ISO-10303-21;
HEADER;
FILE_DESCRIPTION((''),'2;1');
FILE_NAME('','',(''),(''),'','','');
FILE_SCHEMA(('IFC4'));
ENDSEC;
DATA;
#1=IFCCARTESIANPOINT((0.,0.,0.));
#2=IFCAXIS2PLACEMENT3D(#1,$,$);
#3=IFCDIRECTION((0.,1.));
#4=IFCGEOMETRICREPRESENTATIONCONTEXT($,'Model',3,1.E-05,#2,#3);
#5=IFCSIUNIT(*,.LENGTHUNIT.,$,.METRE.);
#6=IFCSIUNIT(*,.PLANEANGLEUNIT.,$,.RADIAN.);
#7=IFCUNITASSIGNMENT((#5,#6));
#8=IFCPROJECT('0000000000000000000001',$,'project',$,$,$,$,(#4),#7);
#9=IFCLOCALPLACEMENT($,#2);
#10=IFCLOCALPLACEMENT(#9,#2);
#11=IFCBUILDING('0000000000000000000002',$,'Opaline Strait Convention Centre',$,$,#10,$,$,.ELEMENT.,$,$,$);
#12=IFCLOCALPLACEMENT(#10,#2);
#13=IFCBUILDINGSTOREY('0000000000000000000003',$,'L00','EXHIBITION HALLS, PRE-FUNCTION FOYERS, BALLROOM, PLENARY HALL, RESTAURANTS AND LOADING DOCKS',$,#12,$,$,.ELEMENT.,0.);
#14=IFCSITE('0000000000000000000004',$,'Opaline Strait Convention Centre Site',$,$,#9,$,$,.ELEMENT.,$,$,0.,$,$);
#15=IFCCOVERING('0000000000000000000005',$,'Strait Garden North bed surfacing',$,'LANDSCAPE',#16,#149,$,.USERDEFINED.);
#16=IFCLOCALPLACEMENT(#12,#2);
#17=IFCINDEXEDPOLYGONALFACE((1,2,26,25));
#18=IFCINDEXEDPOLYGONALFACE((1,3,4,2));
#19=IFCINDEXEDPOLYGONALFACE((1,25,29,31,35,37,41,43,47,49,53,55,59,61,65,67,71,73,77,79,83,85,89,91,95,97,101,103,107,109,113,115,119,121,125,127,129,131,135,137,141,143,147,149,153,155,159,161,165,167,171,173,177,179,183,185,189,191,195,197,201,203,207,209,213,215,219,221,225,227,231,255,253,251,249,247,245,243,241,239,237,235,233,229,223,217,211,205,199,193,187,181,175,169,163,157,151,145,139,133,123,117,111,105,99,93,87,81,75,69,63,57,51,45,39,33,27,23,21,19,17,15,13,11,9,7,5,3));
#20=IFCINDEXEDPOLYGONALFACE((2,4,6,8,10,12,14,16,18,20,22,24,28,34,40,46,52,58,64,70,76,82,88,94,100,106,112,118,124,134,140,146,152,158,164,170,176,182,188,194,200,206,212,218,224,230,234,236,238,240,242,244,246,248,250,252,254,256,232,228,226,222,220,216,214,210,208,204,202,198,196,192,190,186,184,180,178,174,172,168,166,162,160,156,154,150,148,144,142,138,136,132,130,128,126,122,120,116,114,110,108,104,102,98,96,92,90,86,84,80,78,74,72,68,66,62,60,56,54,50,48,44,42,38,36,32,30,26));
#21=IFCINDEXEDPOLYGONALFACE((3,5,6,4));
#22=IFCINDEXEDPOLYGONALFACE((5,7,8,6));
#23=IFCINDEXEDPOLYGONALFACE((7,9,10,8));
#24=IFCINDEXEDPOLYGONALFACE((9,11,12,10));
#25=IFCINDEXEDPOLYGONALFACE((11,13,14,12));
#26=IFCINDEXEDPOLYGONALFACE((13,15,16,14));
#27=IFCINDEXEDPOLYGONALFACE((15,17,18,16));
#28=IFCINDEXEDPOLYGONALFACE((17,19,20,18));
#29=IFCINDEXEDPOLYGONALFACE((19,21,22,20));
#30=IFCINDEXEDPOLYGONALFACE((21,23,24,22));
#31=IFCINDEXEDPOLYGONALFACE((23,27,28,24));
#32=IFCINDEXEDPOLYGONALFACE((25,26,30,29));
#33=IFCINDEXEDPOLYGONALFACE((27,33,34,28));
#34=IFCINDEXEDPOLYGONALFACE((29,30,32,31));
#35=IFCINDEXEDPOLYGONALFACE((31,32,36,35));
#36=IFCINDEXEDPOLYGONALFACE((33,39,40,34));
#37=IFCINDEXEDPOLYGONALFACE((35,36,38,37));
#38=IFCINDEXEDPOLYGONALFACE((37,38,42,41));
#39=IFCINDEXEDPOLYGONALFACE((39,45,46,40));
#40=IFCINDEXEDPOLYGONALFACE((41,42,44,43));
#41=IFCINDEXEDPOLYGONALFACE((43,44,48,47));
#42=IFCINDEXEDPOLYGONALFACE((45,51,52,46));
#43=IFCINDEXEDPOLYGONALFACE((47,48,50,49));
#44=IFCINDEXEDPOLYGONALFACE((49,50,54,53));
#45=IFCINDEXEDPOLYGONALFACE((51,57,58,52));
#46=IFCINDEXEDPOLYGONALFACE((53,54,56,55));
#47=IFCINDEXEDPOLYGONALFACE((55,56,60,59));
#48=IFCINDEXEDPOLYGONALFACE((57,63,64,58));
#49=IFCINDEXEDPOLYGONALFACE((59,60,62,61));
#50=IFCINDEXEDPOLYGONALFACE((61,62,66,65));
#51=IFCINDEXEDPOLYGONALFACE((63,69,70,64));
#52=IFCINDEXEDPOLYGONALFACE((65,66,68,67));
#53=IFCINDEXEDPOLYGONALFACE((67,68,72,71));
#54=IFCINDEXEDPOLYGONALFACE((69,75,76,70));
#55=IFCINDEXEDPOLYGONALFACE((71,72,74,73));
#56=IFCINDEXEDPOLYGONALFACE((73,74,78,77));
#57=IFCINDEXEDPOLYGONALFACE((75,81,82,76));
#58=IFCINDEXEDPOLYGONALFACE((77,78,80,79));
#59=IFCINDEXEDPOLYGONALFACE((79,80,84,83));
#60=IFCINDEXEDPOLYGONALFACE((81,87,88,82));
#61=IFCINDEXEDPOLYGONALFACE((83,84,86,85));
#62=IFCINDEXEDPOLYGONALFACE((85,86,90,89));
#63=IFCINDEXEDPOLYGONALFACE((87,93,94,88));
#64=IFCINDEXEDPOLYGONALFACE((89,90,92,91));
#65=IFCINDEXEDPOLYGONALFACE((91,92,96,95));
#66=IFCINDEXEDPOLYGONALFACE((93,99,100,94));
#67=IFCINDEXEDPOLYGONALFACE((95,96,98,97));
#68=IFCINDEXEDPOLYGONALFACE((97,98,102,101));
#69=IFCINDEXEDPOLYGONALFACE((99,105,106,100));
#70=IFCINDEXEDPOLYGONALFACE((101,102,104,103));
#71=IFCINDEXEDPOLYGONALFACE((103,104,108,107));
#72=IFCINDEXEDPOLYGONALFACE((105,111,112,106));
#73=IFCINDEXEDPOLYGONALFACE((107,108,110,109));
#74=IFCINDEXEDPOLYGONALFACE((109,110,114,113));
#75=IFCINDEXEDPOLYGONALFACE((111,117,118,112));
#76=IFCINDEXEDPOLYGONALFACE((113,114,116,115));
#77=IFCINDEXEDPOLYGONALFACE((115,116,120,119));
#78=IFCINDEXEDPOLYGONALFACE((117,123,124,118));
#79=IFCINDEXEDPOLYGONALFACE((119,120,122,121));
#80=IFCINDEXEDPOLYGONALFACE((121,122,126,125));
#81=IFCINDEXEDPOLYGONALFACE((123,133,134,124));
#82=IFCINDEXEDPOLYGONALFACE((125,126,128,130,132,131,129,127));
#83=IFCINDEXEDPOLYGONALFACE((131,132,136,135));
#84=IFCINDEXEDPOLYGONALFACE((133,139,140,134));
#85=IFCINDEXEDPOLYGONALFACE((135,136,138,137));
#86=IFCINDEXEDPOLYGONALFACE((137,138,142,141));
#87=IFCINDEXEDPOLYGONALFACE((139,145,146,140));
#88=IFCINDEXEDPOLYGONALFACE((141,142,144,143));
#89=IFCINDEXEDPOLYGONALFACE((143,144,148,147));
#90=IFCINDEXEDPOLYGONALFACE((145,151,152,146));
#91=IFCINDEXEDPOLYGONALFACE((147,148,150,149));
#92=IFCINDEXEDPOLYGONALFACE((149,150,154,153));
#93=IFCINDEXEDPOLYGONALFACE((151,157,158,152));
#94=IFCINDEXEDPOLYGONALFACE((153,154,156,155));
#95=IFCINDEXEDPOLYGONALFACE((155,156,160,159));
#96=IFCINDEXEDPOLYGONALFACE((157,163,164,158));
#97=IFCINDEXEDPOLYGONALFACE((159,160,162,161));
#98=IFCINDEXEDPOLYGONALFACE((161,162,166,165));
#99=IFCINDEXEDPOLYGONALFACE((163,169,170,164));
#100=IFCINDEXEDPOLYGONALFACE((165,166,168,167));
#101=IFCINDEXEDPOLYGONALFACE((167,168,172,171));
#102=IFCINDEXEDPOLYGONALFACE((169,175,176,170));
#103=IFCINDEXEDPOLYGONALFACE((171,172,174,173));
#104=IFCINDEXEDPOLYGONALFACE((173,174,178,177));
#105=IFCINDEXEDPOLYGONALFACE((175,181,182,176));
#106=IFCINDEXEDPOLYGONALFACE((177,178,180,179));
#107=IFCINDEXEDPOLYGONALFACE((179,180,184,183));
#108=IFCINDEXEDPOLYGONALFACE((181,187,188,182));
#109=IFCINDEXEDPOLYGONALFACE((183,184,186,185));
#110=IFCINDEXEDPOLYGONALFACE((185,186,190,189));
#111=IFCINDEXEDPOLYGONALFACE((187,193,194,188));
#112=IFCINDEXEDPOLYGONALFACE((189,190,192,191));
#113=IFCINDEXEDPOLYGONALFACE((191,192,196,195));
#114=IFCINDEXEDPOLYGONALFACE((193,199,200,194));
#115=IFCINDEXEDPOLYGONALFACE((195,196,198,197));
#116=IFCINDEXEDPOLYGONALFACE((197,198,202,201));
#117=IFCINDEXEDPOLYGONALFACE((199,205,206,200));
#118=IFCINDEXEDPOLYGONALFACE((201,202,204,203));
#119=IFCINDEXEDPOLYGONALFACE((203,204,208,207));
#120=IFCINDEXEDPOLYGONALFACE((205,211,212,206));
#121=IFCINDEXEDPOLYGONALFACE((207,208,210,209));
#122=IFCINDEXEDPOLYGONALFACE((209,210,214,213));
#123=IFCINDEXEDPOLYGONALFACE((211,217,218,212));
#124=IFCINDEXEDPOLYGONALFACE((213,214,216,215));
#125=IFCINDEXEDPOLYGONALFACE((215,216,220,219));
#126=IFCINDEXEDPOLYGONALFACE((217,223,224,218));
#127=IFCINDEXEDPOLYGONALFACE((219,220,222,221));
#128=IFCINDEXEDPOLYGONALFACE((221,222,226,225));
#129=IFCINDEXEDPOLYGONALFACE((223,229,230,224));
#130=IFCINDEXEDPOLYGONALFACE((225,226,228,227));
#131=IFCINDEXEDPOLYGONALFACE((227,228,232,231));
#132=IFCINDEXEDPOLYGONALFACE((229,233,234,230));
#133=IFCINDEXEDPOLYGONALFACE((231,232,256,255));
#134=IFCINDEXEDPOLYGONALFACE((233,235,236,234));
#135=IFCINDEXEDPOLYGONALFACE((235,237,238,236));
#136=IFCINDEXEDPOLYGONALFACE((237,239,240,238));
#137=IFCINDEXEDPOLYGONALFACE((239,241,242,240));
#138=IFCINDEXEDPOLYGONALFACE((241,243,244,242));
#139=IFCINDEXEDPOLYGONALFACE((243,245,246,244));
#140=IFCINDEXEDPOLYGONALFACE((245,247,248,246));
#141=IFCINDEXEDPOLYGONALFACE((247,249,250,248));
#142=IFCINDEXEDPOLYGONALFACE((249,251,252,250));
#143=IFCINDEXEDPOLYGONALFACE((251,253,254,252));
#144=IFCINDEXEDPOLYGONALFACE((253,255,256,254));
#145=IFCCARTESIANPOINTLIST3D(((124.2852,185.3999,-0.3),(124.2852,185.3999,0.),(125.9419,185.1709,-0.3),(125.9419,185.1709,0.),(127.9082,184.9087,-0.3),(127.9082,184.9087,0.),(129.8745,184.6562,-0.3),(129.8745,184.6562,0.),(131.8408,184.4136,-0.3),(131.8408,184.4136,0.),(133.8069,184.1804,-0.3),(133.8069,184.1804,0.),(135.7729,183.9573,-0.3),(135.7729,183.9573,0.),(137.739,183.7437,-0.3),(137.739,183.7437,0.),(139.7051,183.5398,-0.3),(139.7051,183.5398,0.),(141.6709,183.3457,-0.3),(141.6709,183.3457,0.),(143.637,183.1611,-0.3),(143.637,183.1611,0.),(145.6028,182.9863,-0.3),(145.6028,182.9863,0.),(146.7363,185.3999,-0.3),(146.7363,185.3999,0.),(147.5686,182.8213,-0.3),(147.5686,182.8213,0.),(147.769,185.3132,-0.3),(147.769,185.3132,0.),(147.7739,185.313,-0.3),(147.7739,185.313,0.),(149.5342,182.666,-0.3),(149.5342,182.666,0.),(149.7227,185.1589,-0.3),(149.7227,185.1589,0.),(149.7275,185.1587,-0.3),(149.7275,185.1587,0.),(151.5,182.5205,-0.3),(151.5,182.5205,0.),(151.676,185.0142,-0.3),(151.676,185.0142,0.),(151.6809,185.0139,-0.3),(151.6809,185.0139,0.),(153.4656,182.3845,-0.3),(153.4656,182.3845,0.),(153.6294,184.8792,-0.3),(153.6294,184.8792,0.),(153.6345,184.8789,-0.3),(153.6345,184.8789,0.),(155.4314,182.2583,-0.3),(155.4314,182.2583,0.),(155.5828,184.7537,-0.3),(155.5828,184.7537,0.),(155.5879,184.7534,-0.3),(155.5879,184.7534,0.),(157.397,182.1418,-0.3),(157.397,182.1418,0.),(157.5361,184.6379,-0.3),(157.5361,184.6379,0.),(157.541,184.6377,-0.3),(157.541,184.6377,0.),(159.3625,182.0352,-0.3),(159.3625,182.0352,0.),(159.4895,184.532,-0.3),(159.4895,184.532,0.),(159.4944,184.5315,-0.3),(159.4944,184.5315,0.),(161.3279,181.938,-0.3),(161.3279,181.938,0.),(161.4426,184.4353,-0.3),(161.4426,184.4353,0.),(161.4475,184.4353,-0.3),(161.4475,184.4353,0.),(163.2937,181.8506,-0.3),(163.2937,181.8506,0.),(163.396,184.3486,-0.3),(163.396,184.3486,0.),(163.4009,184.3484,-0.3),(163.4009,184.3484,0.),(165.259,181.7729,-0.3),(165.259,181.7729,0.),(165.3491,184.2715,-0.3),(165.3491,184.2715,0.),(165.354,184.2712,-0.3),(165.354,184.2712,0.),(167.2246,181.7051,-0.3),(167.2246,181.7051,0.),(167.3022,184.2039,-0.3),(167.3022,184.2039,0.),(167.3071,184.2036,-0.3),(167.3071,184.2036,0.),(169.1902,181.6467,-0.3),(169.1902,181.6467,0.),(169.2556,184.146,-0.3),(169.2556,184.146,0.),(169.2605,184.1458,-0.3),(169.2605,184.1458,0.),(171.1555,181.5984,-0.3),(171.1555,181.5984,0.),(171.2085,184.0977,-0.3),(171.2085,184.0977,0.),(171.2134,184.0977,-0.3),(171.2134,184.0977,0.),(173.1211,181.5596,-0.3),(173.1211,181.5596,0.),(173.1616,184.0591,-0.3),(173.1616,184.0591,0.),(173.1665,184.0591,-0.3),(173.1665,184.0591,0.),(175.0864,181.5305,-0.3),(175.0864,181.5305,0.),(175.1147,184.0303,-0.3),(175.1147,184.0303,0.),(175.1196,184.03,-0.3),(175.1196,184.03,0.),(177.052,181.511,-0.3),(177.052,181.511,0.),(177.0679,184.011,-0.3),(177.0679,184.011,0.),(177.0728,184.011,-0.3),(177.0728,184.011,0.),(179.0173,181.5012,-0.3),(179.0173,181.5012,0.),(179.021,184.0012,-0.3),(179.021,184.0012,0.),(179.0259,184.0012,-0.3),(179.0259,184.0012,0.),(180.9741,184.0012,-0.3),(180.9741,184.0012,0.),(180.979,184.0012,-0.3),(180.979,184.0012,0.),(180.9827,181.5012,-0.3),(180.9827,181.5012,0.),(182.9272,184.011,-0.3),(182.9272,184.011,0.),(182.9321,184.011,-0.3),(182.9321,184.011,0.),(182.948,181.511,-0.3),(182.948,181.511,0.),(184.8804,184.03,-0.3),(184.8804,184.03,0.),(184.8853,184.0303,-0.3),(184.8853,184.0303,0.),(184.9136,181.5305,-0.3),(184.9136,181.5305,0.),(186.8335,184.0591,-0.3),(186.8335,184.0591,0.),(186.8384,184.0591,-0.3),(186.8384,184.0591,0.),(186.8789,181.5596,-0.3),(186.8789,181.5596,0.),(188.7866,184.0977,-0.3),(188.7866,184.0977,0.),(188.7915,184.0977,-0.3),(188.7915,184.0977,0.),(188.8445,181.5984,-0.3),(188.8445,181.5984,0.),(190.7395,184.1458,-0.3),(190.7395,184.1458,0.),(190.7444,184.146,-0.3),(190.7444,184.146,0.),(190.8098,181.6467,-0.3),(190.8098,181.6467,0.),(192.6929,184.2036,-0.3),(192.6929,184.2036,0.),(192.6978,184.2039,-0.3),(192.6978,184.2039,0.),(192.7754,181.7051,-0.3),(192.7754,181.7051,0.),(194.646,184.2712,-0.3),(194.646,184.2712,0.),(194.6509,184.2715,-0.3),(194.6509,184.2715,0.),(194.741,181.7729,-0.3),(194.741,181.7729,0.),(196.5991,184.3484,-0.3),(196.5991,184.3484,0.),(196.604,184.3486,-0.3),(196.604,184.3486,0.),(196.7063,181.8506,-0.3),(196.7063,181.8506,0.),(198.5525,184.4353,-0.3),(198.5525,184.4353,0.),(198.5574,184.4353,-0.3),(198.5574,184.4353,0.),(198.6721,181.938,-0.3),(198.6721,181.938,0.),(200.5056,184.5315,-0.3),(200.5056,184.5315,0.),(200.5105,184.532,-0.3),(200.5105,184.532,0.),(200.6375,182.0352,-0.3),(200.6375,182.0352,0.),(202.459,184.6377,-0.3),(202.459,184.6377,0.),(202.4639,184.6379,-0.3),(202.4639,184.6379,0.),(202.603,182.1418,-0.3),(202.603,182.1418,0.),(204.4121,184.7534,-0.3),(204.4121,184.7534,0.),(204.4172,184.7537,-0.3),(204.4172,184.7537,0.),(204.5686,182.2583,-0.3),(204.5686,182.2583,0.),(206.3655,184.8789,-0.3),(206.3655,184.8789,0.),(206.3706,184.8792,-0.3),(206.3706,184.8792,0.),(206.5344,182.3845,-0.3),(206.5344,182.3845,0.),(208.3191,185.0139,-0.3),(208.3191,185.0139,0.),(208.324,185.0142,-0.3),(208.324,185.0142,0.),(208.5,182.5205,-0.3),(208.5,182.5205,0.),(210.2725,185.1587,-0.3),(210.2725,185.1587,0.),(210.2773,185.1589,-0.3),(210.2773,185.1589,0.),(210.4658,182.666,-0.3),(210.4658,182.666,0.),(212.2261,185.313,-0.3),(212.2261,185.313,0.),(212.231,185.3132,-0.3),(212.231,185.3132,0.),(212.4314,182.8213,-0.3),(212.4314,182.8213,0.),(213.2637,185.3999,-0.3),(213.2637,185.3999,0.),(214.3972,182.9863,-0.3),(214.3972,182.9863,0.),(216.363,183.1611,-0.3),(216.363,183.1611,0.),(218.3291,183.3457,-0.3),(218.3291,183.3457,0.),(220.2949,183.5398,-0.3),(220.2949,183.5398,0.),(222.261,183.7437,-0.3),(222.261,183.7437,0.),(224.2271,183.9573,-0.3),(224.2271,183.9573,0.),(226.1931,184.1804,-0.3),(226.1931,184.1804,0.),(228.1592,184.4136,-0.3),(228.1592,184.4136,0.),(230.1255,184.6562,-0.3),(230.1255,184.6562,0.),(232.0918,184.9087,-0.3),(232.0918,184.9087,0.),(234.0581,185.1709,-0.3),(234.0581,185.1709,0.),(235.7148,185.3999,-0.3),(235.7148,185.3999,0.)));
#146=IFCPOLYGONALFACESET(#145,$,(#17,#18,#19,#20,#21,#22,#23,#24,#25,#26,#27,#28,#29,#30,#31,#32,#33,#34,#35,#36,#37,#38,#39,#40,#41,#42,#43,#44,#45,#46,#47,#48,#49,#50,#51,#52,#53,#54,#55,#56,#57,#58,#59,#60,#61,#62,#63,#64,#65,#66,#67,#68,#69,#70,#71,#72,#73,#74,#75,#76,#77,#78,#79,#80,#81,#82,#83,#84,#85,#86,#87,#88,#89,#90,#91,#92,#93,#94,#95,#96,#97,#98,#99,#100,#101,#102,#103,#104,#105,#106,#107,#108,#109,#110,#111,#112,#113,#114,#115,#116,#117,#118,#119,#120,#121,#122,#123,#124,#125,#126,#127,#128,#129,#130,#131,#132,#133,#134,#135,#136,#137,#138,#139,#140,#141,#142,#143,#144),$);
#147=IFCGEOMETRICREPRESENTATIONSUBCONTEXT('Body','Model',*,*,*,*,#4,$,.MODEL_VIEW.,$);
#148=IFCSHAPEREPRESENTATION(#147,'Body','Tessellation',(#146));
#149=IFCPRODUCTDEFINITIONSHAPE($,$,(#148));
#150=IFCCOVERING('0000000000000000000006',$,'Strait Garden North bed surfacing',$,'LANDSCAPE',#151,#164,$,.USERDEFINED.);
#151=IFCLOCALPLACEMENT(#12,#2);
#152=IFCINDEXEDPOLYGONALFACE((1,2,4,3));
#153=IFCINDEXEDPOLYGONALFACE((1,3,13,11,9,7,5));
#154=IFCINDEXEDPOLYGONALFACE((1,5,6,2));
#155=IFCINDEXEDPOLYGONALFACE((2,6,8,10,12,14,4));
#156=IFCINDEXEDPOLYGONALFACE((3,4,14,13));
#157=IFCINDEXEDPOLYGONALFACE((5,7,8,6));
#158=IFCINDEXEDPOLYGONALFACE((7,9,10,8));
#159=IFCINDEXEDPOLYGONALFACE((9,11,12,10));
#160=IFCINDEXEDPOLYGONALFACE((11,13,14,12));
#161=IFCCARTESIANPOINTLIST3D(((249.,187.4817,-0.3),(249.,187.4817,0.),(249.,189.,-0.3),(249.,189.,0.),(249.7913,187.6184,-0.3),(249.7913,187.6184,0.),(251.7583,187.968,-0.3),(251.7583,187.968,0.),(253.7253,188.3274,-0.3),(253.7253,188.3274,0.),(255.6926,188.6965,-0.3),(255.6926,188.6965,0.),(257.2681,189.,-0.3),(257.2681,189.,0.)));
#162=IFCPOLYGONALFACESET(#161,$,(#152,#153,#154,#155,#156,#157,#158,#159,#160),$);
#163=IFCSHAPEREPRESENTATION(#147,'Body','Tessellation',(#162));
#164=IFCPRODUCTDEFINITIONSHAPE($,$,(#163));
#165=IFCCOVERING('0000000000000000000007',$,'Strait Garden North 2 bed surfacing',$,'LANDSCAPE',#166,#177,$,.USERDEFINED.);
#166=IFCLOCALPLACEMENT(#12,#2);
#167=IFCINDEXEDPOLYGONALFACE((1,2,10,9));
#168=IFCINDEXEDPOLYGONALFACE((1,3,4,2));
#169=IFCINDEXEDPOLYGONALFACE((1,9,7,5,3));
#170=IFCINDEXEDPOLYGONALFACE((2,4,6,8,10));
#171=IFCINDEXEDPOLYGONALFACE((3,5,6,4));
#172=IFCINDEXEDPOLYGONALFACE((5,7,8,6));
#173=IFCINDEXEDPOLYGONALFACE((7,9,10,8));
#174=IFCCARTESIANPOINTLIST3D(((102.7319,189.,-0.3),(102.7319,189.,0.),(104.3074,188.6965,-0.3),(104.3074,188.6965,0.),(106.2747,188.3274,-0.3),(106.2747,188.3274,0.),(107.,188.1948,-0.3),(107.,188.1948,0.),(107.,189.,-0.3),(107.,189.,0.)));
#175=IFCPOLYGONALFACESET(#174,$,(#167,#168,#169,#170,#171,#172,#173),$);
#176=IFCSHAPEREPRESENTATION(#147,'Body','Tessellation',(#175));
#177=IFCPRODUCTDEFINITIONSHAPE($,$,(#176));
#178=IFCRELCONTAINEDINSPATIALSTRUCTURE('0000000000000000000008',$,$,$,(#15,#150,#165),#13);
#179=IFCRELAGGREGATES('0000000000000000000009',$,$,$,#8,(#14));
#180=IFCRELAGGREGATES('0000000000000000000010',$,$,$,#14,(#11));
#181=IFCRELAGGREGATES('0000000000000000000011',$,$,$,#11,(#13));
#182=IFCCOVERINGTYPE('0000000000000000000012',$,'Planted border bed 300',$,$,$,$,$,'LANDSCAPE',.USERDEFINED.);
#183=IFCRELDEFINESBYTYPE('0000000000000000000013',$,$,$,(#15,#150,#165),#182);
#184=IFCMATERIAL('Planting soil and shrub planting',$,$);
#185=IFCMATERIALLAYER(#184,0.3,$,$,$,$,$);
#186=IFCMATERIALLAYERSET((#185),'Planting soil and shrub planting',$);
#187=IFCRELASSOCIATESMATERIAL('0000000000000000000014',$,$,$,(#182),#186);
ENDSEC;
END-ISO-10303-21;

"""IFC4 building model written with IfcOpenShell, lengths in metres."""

from ifc_helpers import new_model, si_unit, direction, frame, origin, place, context, subcontext, project, spatial, polyline, outline, extrude, material, layer, layer_set, type_object, element, save


model = new_model("IFC4")

# Units and contexts
model_context = context("Model", 3, precision=1e-05, world=origin(), true_north=direction((0.0, 1.0)))
body_context = subcontext(model_context, "Body", "Model", "MODEL_VIEW")
ifc_project = project(units=[si_unit("LENGTHUNIT", "METRE"), si_unit("PLANEANGLEUNIT", "RADIAN")], contexts=[model_context])

# Site, building, storey
site_placement = place(None, origin())
site = spatial("IfcSite", under=ifc_project, at=site_placement, Name="Opaline Strait Convention Centre Site", CompositionType="ELEMENT", RefElevation=0.0)
building_placement = place(site_placement, origin())
building = spatial("IfcBuilding", under=site, at=building_placement, Name="Opaline Strait Convention Centre", CompositionType="ELEMENT")
storey_placement = place(building_placement, origin())
storey = spatial("IfcBuildingStorey", under=building, at=storey_placement, Name="L00", Description="EXHIBITION HALLS, PRE-FUNCTION FOYERS, BALLROOM, PLENARY HALL, RESTAURANTS AND LOADING DOCKS", CompositionType="ELEMENT", Elevation=0.0)

# Coverings
ifc_material_1 = material(Name="Planting soil and shrub planting")
ifc_layer_1 = layer(ifc_material_1, 0.3)
ifc_layer_set_1 = layer_set([ifc_layer_1], Name="Planting soil and shrub planting")
covering_type_1 = type_object("IfcCoveringType", Name="Planted border bed 300", ElementType="LANDSCAPE", PredefinedType="USERDEFINED", material=ifc_layer_set_1)
covering_1_placement = place(storey_placement, frame((0.0, 0.0, -0.3)))
element("IfcCovering", 1, at=covering_1_placement, inside=storey, type_object=covering_type_1, Name="Strait Garden North bed surfacing", ObjectType="LANDSCAPE", PredefinedType="USERDEFINED", context=body_context, shape_type="SweptSolid", body=[
    extrude(outline(polyline([(147.7739, 185.313), (147.769, 185.3132), (146.7363, 185.3999), (124.2852, 185.3999), (125.9419, 185.1709), (127.9082, 184.9087), (129.8745, 184.6562), (131.8408, 184.4136), (133.8069, 184.1804), (135.7729, 183.9573), (137.739, 183.7437), (139.7051, 183.5398), (141.6709, 183.3457), (143.637, 183.1611), (145.6028, 182.9863), (147.5686, 182.8213), (149.5342, 182.666), (151.5, 182.5205), (153.4656, 182.3845), (155.4314, 182.2583), (157.397, 182.1418), (159.3625, 182.0352), (161.3279, 181.938), (163.2937, 181.8506), (165.259, 181.7729), (167.2246, 181.7051), (169.1902, 181.6467), (171.1555, 181.5984), (173.1211, 181.5596), (175.0864, 181.5305), (177.052, 181.511), (179.0173, 181.5012), (180.9827, 181.5012), (182.948, 181.511), (184.9136, 181.5305), (186.8789, 181.5596), (188.8445, 181.5984), (190.8098, 181.6467), (192.7754, 181.7051), (194.741, 181.7729), (196.7063, 181.8506), (198.6721, 181.938), (200.6375, 182.0352), (202.603, 182.1418), (204.5686, 182.2583), (206.5344, 182.3845), (208.5, 182.5205), (210.4658, 182.666), (212.4314, 182.8213), (214.3972, 182.9863), (216.363, 183.1611), (218.3291, 183.3457), (220.2949, 183.5398), (222.261, 183.7437), (224.2271, 183.9573), (226.1931, 184.1804), (228.1592, 184.4136), (230.1255, 184.6562), (232.0918, 184.9087), (234.0581, 185.1709), (235.7148, 185.3999), (213.2637, 185.3999), (212.231, 185.3132), (212.2261, 185.313), (210.2773, 185.1589), (210.2725, 185.1587), (208.324, 185.0142), (208.3191, 185.0139), (206.3706, 184.8792), (206.3655, 184.8789), (204.4172, 184.7537), (204.4121, 184.7534), (202.4639, 184.6379), (202.459, 184.6377), (200.5105, 184.532), (200.5056, 184.5315), (198.5574, 184.4353), (198.5525, 184.4353), (196.604, 184.3486), (196.5991, 184.3484), (194.6509, 184.2715), (194.646, 184.2712), (192.6978, 184.2039), (192.6929, 184.2036), (190.7444, 184.146), (190.7395, 184.1458), (188.7915, 184.0977), (188.7866, 184.0977), (186.8384, 184.0591), (186.8335, 184.0591), (184.8853, 184.0303), (184.8804, 184.03), (182.9321, 184.011), (182.9272, 184.011), (180.979, 184.0012), (180.9741, 184.0012), (179.0259, 184.0012), (179.021, 184.0012), (177.0728, 184.011), (177.0679, 184.011), (175.1196, 184.03), (175.1147, 184.0303), (173.1665, 184.0591), (173.1616, 184.0591), (171.2134, 184.0977), (171.2085, 184.0977), (169.2605, 184.1458), (169.2556, 184.146), (167.3071, 184.2036), (167.3022, 184.2039), (165.354, 184.2712), (165.3491, 184.2715), (163.4009, 184.3484), (163.396, 184.3486), (161.4475, 184.4353), (161.4426, 184.4353), (159.4944, 184.5315), (159.4895, 184.532), (157.541, 184.6377), (157.5361, 184.6379), (155.5879, 184.7534), (155.5828, 184.7537), (153.6345, 184.8789), (153.6294, 184.8792), (151.6809, 185.0139), (151.676, 185.0142), (149.7275, 185.1587), (149.7227, 185.1589), (147.7739, 185.313)])), origin(), (0.0, 0.0, 1.0), 0.3),
])
covering_2_placement = place(storey_placement, frame((0.0, 0.0, -0.3)))
element("IfcCovering", 2, at=covering_2_placement, inside=storey, type_object=covering_type_1, Name="Strait Garden North bed surfacing", ObjectType="LANDSCAPE", PredefinedType="USERDEFINED", context=body_context, shape_type="SweptSolid", body=[
    extrude(outline(polyline([(255.6926, 188.6965), (257.2681, 189.0), (249.0, 189.0), (249.0, 187.4817), (249.7913, 187.6184), (251.7583, 187.968), (253.7253, 188.3274), (255.6926, 188.6965)])), origin(), (0.0, 0.0, 1.0), 0.3),
])
covering_3_placement = place(storey_placement, frame((0.0, 0.0, -0.3)))
element("IfcCovering", 3, at=covering_3_placement, inside=storey, type_object=covering_type_1, Name="Strait Garden North 2 bed surfacing", ObjectType="LANDSCAPE", PredefinedType="USERDEFINED", context=body_context, shape_type="SweptSolid", body=[
    extrude(outline(polyline([(106.2747, 188.3274), (107.0, 188.1948), (107.0, 189.0), (102.7319, 189.0), (104.3074, 188.6965), (106.2747, 188.3274)])), origin(), (0.0, 0.0, 1.0), 0.3),
])

save(model, "model.ifc")
